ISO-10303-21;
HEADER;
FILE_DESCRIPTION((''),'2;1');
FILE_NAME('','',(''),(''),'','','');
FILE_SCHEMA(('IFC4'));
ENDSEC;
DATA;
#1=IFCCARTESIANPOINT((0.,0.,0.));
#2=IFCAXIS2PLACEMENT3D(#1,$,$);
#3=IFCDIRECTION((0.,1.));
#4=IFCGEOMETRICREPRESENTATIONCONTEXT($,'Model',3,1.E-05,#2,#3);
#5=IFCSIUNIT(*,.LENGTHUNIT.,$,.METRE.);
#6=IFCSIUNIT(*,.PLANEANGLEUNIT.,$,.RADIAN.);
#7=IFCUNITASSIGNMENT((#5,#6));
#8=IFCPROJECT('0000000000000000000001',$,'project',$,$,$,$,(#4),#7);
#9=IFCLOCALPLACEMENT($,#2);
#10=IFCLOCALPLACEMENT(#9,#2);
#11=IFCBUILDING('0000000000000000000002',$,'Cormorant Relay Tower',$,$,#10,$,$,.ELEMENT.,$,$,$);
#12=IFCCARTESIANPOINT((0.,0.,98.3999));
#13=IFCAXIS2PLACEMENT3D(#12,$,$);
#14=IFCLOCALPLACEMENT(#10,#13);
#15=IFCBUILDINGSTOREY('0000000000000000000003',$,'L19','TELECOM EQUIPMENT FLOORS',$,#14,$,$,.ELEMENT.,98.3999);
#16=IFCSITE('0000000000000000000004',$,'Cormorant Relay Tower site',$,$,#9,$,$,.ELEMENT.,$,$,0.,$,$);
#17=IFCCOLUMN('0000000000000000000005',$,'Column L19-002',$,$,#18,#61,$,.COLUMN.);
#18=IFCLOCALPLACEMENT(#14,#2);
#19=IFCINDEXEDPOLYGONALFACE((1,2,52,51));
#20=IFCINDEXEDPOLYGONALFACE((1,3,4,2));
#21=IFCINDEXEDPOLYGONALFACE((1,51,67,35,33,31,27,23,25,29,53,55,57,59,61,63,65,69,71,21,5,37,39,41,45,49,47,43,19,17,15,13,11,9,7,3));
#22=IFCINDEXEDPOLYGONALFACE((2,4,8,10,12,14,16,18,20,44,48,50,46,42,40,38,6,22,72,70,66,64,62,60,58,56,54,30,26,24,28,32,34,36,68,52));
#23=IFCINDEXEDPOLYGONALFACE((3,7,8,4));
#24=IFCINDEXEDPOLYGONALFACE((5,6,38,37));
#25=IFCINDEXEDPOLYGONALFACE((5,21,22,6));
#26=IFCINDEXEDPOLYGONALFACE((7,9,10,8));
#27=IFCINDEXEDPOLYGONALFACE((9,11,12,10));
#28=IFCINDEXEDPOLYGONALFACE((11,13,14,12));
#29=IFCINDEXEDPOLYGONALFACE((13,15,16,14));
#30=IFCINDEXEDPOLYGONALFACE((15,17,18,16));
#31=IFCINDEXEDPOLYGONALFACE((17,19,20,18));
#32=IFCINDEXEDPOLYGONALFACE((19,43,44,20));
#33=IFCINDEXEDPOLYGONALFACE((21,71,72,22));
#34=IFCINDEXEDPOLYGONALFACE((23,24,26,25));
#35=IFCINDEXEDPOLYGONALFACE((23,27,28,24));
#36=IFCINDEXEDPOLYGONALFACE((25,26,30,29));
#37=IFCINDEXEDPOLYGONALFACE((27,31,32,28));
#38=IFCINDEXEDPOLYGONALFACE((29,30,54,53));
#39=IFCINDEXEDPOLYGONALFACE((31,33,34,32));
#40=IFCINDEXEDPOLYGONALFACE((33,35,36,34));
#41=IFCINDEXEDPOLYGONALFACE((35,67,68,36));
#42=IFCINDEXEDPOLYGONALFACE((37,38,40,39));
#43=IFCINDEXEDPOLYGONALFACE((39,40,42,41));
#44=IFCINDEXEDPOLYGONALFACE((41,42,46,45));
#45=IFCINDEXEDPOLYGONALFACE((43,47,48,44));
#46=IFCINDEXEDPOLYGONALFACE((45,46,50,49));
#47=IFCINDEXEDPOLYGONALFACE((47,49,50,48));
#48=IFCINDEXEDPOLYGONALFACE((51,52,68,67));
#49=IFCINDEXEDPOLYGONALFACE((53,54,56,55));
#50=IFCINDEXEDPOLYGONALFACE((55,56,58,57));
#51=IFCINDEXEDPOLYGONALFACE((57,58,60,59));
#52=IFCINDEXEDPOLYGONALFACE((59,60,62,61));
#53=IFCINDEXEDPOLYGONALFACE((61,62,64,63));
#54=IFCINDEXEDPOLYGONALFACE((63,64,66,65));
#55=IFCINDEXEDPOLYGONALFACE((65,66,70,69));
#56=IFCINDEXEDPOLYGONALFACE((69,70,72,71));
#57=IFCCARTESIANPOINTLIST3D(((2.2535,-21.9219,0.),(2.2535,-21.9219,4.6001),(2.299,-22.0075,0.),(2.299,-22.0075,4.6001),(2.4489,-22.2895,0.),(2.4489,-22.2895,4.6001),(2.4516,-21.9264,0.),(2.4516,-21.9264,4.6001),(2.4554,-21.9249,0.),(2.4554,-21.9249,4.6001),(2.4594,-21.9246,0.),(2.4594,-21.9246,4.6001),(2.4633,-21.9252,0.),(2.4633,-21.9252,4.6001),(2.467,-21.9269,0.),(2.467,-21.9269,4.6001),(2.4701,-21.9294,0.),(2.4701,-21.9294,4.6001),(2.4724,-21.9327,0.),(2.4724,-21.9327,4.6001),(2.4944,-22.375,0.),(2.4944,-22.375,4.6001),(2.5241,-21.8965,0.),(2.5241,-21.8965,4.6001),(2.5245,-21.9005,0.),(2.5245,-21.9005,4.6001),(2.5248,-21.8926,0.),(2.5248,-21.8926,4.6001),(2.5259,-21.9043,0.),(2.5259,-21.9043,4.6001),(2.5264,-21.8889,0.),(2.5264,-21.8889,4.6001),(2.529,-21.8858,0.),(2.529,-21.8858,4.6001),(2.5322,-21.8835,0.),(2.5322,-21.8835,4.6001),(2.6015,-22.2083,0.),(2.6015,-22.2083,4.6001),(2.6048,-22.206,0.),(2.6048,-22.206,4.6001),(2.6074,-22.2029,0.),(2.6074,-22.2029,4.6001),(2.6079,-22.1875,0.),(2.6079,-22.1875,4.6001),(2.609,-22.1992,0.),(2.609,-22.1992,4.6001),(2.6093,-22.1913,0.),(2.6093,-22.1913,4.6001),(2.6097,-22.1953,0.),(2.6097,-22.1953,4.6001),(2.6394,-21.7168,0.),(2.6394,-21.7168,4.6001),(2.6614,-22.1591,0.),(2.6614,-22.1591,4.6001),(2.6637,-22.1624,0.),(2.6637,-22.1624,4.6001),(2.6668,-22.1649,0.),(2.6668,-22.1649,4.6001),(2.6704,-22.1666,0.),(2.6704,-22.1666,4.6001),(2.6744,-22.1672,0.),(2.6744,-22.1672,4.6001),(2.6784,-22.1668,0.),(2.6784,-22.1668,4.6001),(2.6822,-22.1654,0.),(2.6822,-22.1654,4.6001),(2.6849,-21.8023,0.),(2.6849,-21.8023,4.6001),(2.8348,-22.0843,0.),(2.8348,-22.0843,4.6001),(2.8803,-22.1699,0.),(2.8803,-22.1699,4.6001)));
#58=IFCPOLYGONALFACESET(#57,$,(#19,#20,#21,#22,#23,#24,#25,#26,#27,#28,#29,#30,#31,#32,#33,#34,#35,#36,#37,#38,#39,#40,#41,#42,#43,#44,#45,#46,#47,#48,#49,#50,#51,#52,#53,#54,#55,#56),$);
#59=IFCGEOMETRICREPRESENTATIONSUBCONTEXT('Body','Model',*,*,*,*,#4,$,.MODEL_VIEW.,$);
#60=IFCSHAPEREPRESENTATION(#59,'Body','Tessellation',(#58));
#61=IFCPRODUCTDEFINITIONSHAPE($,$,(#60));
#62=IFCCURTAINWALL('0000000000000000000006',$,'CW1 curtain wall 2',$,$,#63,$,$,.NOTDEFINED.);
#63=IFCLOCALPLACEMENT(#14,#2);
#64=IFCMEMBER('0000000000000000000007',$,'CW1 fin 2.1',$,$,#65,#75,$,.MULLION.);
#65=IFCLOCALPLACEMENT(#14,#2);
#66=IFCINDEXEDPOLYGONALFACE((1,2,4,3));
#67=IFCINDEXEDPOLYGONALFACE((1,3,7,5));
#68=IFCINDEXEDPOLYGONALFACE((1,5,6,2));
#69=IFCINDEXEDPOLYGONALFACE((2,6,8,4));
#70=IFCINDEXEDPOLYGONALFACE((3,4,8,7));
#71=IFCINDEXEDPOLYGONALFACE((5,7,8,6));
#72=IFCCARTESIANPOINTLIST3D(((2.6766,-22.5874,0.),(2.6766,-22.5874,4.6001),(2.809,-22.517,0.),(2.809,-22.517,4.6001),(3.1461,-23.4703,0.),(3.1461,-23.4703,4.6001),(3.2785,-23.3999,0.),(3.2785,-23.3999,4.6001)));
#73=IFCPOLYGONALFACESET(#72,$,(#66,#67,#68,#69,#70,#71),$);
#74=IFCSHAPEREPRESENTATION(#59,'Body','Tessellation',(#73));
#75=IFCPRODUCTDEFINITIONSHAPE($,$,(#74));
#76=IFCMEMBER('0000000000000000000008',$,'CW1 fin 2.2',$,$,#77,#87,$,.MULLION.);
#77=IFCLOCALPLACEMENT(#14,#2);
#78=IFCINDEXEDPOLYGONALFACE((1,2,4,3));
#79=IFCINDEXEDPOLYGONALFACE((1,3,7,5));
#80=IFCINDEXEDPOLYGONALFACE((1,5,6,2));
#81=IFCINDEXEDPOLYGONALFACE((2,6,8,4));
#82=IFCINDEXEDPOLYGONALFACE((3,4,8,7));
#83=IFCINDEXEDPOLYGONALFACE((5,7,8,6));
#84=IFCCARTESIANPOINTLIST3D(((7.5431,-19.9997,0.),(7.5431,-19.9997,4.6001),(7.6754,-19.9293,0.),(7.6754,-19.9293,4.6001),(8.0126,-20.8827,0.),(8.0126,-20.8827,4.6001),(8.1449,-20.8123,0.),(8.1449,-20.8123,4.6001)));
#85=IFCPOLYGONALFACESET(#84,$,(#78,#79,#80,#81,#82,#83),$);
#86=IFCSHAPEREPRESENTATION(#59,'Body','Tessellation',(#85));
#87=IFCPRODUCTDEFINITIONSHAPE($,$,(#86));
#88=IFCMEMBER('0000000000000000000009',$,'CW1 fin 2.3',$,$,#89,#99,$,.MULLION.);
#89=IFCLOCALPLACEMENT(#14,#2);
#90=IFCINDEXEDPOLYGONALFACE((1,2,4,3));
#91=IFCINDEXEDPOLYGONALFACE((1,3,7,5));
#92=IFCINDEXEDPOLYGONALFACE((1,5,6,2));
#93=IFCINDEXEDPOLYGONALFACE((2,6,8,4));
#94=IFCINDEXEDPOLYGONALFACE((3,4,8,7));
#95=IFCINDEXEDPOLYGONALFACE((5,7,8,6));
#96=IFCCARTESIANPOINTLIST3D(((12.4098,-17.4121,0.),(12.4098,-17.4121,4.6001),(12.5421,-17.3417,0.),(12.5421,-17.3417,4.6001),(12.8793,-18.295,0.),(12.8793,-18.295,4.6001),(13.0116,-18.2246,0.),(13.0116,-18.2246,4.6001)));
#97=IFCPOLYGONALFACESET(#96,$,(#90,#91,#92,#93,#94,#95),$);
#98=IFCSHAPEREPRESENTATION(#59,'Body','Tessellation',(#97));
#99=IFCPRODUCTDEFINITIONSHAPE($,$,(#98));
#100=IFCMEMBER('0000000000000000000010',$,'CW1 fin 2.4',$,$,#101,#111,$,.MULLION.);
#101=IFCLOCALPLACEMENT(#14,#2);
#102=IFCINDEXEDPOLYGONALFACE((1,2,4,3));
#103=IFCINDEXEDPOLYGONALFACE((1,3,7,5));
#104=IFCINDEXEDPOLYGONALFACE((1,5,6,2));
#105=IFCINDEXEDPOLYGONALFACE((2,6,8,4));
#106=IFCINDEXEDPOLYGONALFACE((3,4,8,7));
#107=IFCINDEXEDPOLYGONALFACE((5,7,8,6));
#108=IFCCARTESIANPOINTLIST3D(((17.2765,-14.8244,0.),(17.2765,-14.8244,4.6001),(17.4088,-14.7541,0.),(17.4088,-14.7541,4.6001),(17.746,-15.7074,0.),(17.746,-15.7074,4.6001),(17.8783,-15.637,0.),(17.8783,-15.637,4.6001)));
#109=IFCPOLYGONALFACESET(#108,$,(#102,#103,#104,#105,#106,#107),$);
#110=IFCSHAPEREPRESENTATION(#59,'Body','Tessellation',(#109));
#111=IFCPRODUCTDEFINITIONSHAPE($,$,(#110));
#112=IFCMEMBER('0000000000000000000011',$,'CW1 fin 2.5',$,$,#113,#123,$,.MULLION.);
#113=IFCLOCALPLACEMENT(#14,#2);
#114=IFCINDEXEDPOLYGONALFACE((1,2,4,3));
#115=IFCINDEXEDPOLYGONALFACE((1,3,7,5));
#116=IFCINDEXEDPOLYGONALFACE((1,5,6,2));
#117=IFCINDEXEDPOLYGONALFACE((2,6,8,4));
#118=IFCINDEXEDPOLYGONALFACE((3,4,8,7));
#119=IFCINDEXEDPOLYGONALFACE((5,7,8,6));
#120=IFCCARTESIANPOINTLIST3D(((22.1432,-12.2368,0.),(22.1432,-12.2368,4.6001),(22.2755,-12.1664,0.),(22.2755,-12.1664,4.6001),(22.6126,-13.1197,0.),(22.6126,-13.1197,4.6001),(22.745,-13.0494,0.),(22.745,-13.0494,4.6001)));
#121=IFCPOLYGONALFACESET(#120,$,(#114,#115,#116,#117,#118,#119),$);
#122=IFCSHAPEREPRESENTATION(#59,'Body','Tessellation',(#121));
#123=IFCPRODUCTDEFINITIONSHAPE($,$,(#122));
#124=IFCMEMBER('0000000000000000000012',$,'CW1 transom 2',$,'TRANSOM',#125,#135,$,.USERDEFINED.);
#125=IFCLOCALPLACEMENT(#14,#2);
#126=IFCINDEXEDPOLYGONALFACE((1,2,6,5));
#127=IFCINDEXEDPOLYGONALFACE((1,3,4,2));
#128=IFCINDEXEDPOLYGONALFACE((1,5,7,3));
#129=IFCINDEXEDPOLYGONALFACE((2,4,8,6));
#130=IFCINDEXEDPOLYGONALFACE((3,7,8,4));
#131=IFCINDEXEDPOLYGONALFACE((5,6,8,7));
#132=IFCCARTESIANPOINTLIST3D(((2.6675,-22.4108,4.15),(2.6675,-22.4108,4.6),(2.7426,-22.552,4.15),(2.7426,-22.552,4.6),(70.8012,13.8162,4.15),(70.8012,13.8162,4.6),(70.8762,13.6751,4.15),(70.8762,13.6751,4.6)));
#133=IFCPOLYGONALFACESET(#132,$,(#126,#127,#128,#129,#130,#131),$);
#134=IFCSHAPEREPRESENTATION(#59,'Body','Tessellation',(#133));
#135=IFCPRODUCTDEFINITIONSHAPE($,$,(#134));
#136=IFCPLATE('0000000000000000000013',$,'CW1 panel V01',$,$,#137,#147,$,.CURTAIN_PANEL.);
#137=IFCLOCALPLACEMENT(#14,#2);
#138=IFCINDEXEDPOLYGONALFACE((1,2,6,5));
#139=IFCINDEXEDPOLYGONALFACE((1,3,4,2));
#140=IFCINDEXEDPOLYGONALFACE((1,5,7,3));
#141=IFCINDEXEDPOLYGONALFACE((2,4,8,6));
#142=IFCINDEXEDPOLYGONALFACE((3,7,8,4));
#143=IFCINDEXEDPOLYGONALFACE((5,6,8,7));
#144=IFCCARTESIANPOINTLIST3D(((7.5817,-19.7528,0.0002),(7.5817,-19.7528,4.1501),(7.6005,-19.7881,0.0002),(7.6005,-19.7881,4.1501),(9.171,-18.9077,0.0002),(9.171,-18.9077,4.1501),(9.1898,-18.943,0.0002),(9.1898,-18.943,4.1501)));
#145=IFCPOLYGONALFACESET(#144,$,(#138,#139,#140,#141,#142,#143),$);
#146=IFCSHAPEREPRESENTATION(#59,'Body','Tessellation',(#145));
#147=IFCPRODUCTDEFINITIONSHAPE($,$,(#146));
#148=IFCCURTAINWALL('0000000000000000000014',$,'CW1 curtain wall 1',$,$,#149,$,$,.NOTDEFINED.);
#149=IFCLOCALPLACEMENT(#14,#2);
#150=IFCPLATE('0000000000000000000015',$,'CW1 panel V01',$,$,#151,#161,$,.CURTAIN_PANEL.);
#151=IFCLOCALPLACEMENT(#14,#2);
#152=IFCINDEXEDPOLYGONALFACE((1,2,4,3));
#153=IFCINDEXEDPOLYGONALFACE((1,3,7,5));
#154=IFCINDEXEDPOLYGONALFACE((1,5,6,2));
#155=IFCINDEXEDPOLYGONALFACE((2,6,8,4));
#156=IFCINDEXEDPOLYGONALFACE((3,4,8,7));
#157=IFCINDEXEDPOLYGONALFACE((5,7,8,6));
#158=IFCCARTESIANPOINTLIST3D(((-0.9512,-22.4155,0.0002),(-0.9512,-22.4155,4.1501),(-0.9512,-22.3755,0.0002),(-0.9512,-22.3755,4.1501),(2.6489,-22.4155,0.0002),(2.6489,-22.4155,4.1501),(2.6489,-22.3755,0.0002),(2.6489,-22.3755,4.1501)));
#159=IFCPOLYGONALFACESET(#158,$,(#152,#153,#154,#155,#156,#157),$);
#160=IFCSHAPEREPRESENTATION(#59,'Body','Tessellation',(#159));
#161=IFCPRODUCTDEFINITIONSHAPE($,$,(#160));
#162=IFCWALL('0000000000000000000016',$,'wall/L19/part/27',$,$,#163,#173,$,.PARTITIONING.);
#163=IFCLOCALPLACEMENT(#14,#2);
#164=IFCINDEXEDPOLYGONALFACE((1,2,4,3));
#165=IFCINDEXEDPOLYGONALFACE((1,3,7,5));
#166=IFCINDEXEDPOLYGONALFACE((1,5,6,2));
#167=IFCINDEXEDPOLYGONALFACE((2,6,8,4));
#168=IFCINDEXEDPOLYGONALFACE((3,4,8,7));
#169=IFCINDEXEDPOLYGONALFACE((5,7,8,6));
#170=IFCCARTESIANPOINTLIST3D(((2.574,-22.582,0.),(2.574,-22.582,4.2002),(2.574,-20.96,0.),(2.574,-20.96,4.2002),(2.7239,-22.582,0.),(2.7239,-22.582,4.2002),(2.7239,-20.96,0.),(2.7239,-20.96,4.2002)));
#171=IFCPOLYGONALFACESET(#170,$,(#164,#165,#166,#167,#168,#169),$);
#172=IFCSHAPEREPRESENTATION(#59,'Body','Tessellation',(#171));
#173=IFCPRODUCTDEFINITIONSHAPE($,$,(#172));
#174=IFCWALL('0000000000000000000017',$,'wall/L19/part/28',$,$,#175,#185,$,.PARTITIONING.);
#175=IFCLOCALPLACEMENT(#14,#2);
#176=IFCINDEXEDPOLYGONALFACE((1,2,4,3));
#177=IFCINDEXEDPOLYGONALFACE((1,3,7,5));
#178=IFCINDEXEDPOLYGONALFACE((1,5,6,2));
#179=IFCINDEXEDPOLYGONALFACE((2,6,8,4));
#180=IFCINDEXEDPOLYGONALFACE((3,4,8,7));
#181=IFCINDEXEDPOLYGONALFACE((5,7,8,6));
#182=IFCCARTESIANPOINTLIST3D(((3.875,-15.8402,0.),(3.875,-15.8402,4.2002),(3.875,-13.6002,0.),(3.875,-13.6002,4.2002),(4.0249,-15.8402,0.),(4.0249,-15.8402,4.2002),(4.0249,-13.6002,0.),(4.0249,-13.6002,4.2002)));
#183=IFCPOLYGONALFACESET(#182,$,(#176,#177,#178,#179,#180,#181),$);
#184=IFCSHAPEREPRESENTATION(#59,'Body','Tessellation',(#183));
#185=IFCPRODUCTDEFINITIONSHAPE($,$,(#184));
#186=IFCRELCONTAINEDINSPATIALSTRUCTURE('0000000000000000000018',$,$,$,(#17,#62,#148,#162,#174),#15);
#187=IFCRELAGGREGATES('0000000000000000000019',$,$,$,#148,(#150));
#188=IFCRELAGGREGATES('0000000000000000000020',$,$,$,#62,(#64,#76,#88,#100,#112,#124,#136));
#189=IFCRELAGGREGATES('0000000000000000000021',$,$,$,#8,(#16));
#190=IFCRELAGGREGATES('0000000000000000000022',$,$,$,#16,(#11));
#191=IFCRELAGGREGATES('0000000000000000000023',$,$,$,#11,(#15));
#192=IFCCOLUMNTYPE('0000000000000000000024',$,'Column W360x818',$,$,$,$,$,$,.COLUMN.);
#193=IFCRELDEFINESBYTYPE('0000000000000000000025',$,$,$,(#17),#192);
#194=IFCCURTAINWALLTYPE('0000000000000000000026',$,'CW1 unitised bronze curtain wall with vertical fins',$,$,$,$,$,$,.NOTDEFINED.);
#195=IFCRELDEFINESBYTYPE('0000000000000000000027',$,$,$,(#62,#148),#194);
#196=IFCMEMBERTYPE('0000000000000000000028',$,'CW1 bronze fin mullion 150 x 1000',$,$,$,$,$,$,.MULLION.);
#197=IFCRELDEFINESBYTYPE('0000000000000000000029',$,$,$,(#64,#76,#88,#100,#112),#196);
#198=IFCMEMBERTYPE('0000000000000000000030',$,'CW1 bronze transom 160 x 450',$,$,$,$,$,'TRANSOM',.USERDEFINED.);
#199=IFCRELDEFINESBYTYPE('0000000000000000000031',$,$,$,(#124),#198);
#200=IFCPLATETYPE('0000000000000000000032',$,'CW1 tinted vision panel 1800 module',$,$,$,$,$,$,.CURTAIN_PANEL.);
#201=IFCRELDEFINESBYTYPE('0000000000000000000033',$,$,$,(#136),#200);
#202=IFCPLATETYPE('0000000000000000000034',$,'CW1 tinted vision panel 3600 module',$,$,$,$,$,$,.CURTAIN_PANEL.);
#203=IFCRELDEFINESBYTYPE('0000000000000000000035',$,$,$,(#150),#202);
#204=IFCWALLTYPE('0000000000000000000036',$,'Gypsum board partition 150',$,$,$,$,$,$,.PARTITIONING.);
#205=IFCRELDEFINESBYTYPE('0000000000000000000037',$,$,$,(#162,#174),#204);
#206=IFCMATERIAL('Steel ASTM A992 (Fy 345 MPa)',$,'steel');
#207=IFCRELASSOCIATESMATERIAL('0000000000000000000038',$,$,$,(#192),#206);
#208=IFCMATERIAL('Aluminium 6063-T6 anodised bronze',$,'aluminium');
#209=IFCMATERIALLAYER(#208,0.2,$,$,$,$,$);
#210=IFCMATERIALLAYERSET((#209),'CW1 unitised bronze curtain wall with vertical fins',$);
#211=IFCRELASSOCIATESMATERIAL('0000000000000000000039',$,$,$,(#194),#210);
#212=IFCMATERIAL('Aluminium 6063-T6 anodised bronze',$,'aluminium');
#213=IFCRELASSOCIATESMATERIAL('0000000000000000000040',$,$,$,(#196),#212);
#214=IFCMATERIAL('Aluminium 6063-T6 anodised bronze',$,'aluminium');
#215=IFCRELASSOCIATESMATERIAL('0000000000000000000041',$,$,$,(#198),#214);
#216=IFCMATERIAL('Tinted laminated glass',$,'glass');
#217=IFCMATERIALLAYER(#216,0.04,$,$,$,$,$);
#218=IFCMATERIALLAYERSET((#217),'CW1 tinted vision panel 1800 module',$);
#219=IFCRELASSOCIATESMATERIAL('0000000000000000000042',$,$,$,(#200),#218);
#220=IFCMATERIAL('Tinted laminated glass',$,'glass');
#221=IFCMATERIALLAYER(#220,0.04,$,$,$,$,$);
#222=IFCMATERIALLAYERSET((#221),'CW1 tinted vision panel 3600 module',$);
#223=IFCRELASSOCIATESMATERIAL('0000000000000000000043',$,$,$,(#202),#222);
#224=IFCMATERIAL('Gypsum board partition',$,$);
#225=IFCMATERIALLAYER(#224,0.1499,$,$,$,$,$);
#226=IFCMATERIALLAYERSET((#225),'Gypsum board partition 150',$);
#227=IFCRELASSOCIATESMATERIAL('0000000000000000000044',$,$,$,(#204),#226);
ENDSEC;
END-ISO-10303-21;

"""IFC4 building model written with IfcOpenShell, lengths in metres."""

from ifc_helpers import new_model, si_unit, direction, frame, frame_2d, origin, origin_2d, place, context, subcontext, project, spatial, rectangle, i_section, extrude, material, layer, layer_set, material_profile, profile_set, type_object, element, aggregate, save


model = new_model("IFC4")

# Units and contexts
model_context = context("Model", 3, precision=1e-05, world=origin(), true_north=direction((0.0, 1.0)))
body_context = subcontext(model_context, "Body", "Model", "MODEL_VIEW")
ifc_project = project(units=[si_unit("LENGTHUNIT", "METRE"), si_unit("PLANEANGLEUNIT", "RADIAN")], contexts=[model_context])

# Site, building, storey
site_placement = place(None, origin())
site = spatial("IfcSite", under=ifc_project, at=site_placement, Name="Cormorant Relay Tower site", CompositionType="ELEMENT", RefElevation=0.0)
building_placement = place(site_placement, origin())
building = spatial("IfcBuilding", under=site, at=building_placement, Name="Cormorant Relay Tower", CompositionType="ELEMENT")
storey_placement = place(building_placement, frame((0.0, 0.0, 98.3999)))
storey = spatial("IfcBuildingStorey", under=building, at=storey_placement, Name="L19", Description="TELECOM EQUIPMENT FLOORS", CompositionType="ELEMENT", Elevation=98.3999)

# Column
ifc_material_1 = material(Name="Steel ASTM A992 (Fy 345 MPa)", Category="steel")
ifc_material_profile_1 = material_profile(ifc_material_1, i_section(OverallWidth=0.437, OverallDepth=0.5132, WebThickness=0.0605, FlangeThickness=0.0969, FilletRadius=0.0154, at=origin_2d()), Name="W360x818")
ifc_profile_set_1 = profile_set([ifc_material_profile_1], Name="Steel ASTM A992 (Fy 345 MPa)")
column_type_1 = type_object("IfcColumnType", Name="Column W360x818", PredefinedType="COLUMN", material=ifc_profile_set_1)
column_1_placement = place(storey_placement, frame((2.5669, -22.0459, 0.0), z_axis=(0.0, 0.0, 1.0), x_axis=(0.882948, 0.469472, 0.0)))
element("IfcColumn", 1, at=column_1_placement, inside=storey, type_object=column_type_1, Name="Column L19-002", PredefinedType="COLUMN", context=body_context, shape_type="SweptSolid", body=[
    extrude(i_section(OverallWidth=0.437, OverallDepth=0.5132, WebThickness=0.0605, FlangeThickness=0.0969, FilletRadius=0.0154, at=origin_2d()), origin(), (0.0, 0.0, 1.0), 4.6001),
])

# Curtain wall, members, plate
ifc_material_2 = material(Name="Aluminium 6063-T6 anodised bronze", Category="aluminium")
ifc_layer_1 = layer(ifc_material_2, 0.2)
ifc_layer_set_1 = layer_set([ifc_layer_1], Name="CW1 unitised bronze curtain wall with vertical fins")
curtain_wall_type = type_object("IfcCurtainWallType", Name="CW1 unitised bronze curtain wall with vertical fins", PredefinedType="NOTDEFINED", material=ifc_layer_set_1)
curtain_wall_1_placement = place(storey_placement, origin())
curtain_wall_1 = element("IfcCurtainWall", 2, at=curtain_wall_1_placement, inside=storey, type_object=curtain_wall_type, Name="CW1 curtain wall 2", PredefinedType="NOTDEFINED")
ifc_material_3 = material(Name="Aluminium 6063-T6 anodised bronze", Category="aluminium")
ifc_material_profile_2 = material_profile(ifc_material_3, rectangle(XDim=0.1499, YDim=1.0, at=origin_2d()), Name="AL 150x1000")
ifc_profile_set_2 = profile_set([ifc_material_profile_2], Name="Aluminium 6063-T6 anodised bronze")
member_type_1 = type_object("IfcMemberType", Name="CW1 bronze fin mullion 150 x 1000", PredefinedType="MULLION", material=ifc_profile_set_2)
member_1_placement = place(storey_placement, frame((2.9775, -22.9937, 0.0), z_axis=(0.0, 0.0, 1.0), x_axis=(0.882948, 0.469472, 0.0)))
member_1 = element("IfcMember", 3, at=member_1_placement, type_object=member_type_1, Name="CW1 fin 2.1", PredefinedType="MULLION", context=body_context, shape_type="SweptSolid", body=[
    extrude(rectangle(XDim=0.1499, YDim=1.0, at=origin_2d()), origin(), (0.0, 0.0, 1.0), 4.6001),
])
member_2_placement = place(storey_placement, frame((7.844, -20.406, 0.0), z_axis=(0.0, 0.0, 1.0), x_axis=(0.882948, 0.469472, 0.0)))
member_2 = element("IfcMember", 4, at=member_2_placement, type_object=member_type_1, Name="CW1 fin 2.2", PredefinedType="MULLION", context=body_context, shape_type="SweptSolid", body=[
    extrude(rectangle(XDim=0.1499, YDim=1.0, at=origin_2d()), origin(), (0.0, 0.0, 1.0), 4.6001),
])
member_3_placement = place(storey_placement, frame((12.7107, -17.8184, 0.0), z_axis=(0.0, 0.0, 1.0), x_axis=(0.882948, 0.469472, 0.0)))
member_3 = element("IfcMember", 5, at=member_3_placement, type_object=member_type_1, Name="CW1 fin 2.3", PredefinedType="MULLION", context=body_context, shape_type="SweptSolid", body=[
    extrude(rectangle(XDim=0.1499, YDim=1.0, at=origin_2d()), origin(), (0.0, 0.0, 1.0), 4.6001),
])
member_4_placement = place(storey_placement, frame((17.5774, -15.2307, 0.0), z_axis=(0.0, 0.0, 1.0), x_axis=(0.882948, 0.469472, 0.0)))
member_4 = element("IfcMember", 6, at=member_4_placement, type_object=member_type_1, Name="CW1 fin 2.4", PredefinedType="MULLION", context=body_context, shape_type="SweptSolid", body=[
    extrude(rectangle(XDim=0.1499, YDim=1.0, at=origin_2d()), origin(), (0.0, 0.0, 1.0), 4.6001),
])
member_5_placement = place(storey_placement, frame((22.4441, -12.6431, 0.0), z_axis=(0.0, 0.0, 1.0), x_axis=(0.882948, 0.469472, 0.0)))
member_5 = element("IfcMember", 7, at=member_5_placement, type_object=member_type_1, Name="CW1 fin 2.5", PredefinedType="MULLION", context=body_context, shape_type="SweptSolid", body=[
    extrude(rectangle(XDim=0.1499, YDim=1.0, at=origin_2d()), origin(), (0.0, 0.0, 1.0), 4.6001),
])
ifc_material_4 = material(Name="Aluminium 6063-T6 anodised bronze", Category="aluminium")
ifc_material_profile_3 = material_profile(ifc_material_4, rectangle(XDim=0.1599, YDim=0.45, at=origin_2d()), Name="AL 160x450")
ifc_profile_set_3 = profile_set([ifc_material_profile_3], Name="Aluminium 6063-T6 anodised bronze")
member_type_2 = type_object("IfcMemberType", Name="CW1 bronze transom 160 x 450", ElementType="TRANSOM", PredefinedType="USERDEFINED", material=ifc_profile_set_3)
member_6_placement = place(storey_placement, frame((2.7051, -22.4814, 4.375), z_axis=(0.882949, 0.46947, 0.0), x_axis=(-0.46947, 0.882949, 0.0)))
member_6 = element("IfcMember", 8, at=member_6_placement, type_object=member_type_2, Name="CW1 transom 2", ObjectType="TRANSOM", PredefinedType="USERDEFINED", context=body_context, shape_type="SweptSolid", body=[
    extrude(rectangle(XDim=0.1599, YDim=0.45, at=origin_2d()), origin(), (0.0, 0.0, 1.0), 77.166),
])
ifc_material_5 = material(Name="Tinted laminated glass", Category="glass")
ifc_layer_2 = layer(ifc_material_5, 0.04)
ifc_layer_set_2 = layer_set([ifc_layer_2], Name="CW1 tinted vision panel 1800 module")
plate_type_1 = type_object("IfcPlateType", Name="CW1 tinted vision panel 1800 module", PredefinedType="CURTAIN_PANEL", material=ifc_layer_set_2)
plate_1_placement = place(storey_placement, frame((8.3857, -19.3479, 0.0002), z_axis=(0.0, 0.0, 1.0), x_axis=(0.882948, 0.469472, 0.0)))
plate_1 = element("IfcPlate", 9, at=plate_1_placement, type_object=plate_type_1, Name="CW1 panel V01", PredefinedType="CURTAIN_PANEL", context=body_context, shape_type="SweptSolid", body=[
    extrude(rectangle(XDim=1.8, YDim=0.04, at=origin_2d()), origin(), (0.0, 0.0, 1.0), 4.1499),
])

# Curtain wall, plate
curtain_wall_2_placement = place(storey_placement, origin())
curtain_wall_2 = element("IfcCurtainWall", 10, at=curtain_wall_2_placement, inside=storey, type_object=curtain_wall_type, Name="CW1 curtain wall 1", PredefinedType="NOTDEFINED")
ifc_material_6 = material(Name="Tinted laminated glass", Category="glass")
ifc_layer_3 = layer(ifc_material_6, 0.04)
ifc_layer_set_3 = layer_set([ifc_layer_3], Name="CW1 tinted vision panel 3600 module")
plate_type_2 = type_object("IfcPlateType", Name="CW1 tinted vision panel 3600 module", PredefinedType="CURTAIN_PANEL", material=ifc_layer_set_3)
plate_2_placement = place(storey_placement, frame((0.8489, -22.3955, 0.0002), z_axis=(0.0, 0.0, 1.0), x_axis=(1.0, 0.0, 0.0)))
plate_2 = element("IfcPlate", 11, at=plate_2_placement, type_object=plate_type_2, Name="CW1 panel V01", PredefinedType="CURTAIN_PANEL", context=body_context, shape_type="SweptSolid", body=[
    extrude(rectangle(XDim=3.6001, YDim=0.04, at=origin_2d()), origin(), (0.0, 0.0, 1.0), 4.1499),
])
aggregate(curtain_wall_2, [plate_2])

# Walls
ifc_material_7 = material(Name="Gypsum board partition")
ifc_layer_4 = layer(ifc_material_7, 0.1499)
ifc_layer_set_4 = layer_set([ifc_layer_4], Name="Gypsum board partition 150")
wall_type_1 = type_object("IfcWallType", Name="Gypsum board partition 150", PredefinedType="PARTITIONING", material=ifc_layer_set_4)
wall_1_placement = place(storey_placement, frame((2.6489, -22.582, 0.0), z_axis=(0.0, 0.0, 1.0), x_axis=(0.0, 1.0, 0.0)))
element("IfcWall", 12, at=wall_1_placement, inside=storey, type_object=wall_type_1, Name="wall/L19/part/27", PredefinedType="PARTITIONING", context=body_context, shape_type="SweptSolid", body=[
    extrude(rectangle(XDim=1.6221, YDim=0.1499, at=frame_2d((0.811, 0.0))), origin(), (0.0, 0.0, 1.0), 4.2002),
])
wall_2_placement = place(storey_placement, frame((3.95, -13.6001, 0.0), z_axis=(0.0, 0.0, 1.0), x_axis=(0.0, -1.0, 0.0)))
element("IfcWall", 13, at=wall_2_placement, inside=storey, type_object=wall_type_1, Name="wall/L19/part/28", PredefinedType="PARTITIONING", context=body_context, shape_type="SweptSolid", body=[
    extrude(rectangle(XDim=2.24, YDim=0.1499, at=frame_2d((1.1201, 0.0))), origin(), (0.0, 0.0, 1.0), 4.2002),
])

aggregate(curtain_wall_1, [member_1, member_2, member_3, member_4, member_5, member_6, plate_1])

save(model, "model.ifc")
